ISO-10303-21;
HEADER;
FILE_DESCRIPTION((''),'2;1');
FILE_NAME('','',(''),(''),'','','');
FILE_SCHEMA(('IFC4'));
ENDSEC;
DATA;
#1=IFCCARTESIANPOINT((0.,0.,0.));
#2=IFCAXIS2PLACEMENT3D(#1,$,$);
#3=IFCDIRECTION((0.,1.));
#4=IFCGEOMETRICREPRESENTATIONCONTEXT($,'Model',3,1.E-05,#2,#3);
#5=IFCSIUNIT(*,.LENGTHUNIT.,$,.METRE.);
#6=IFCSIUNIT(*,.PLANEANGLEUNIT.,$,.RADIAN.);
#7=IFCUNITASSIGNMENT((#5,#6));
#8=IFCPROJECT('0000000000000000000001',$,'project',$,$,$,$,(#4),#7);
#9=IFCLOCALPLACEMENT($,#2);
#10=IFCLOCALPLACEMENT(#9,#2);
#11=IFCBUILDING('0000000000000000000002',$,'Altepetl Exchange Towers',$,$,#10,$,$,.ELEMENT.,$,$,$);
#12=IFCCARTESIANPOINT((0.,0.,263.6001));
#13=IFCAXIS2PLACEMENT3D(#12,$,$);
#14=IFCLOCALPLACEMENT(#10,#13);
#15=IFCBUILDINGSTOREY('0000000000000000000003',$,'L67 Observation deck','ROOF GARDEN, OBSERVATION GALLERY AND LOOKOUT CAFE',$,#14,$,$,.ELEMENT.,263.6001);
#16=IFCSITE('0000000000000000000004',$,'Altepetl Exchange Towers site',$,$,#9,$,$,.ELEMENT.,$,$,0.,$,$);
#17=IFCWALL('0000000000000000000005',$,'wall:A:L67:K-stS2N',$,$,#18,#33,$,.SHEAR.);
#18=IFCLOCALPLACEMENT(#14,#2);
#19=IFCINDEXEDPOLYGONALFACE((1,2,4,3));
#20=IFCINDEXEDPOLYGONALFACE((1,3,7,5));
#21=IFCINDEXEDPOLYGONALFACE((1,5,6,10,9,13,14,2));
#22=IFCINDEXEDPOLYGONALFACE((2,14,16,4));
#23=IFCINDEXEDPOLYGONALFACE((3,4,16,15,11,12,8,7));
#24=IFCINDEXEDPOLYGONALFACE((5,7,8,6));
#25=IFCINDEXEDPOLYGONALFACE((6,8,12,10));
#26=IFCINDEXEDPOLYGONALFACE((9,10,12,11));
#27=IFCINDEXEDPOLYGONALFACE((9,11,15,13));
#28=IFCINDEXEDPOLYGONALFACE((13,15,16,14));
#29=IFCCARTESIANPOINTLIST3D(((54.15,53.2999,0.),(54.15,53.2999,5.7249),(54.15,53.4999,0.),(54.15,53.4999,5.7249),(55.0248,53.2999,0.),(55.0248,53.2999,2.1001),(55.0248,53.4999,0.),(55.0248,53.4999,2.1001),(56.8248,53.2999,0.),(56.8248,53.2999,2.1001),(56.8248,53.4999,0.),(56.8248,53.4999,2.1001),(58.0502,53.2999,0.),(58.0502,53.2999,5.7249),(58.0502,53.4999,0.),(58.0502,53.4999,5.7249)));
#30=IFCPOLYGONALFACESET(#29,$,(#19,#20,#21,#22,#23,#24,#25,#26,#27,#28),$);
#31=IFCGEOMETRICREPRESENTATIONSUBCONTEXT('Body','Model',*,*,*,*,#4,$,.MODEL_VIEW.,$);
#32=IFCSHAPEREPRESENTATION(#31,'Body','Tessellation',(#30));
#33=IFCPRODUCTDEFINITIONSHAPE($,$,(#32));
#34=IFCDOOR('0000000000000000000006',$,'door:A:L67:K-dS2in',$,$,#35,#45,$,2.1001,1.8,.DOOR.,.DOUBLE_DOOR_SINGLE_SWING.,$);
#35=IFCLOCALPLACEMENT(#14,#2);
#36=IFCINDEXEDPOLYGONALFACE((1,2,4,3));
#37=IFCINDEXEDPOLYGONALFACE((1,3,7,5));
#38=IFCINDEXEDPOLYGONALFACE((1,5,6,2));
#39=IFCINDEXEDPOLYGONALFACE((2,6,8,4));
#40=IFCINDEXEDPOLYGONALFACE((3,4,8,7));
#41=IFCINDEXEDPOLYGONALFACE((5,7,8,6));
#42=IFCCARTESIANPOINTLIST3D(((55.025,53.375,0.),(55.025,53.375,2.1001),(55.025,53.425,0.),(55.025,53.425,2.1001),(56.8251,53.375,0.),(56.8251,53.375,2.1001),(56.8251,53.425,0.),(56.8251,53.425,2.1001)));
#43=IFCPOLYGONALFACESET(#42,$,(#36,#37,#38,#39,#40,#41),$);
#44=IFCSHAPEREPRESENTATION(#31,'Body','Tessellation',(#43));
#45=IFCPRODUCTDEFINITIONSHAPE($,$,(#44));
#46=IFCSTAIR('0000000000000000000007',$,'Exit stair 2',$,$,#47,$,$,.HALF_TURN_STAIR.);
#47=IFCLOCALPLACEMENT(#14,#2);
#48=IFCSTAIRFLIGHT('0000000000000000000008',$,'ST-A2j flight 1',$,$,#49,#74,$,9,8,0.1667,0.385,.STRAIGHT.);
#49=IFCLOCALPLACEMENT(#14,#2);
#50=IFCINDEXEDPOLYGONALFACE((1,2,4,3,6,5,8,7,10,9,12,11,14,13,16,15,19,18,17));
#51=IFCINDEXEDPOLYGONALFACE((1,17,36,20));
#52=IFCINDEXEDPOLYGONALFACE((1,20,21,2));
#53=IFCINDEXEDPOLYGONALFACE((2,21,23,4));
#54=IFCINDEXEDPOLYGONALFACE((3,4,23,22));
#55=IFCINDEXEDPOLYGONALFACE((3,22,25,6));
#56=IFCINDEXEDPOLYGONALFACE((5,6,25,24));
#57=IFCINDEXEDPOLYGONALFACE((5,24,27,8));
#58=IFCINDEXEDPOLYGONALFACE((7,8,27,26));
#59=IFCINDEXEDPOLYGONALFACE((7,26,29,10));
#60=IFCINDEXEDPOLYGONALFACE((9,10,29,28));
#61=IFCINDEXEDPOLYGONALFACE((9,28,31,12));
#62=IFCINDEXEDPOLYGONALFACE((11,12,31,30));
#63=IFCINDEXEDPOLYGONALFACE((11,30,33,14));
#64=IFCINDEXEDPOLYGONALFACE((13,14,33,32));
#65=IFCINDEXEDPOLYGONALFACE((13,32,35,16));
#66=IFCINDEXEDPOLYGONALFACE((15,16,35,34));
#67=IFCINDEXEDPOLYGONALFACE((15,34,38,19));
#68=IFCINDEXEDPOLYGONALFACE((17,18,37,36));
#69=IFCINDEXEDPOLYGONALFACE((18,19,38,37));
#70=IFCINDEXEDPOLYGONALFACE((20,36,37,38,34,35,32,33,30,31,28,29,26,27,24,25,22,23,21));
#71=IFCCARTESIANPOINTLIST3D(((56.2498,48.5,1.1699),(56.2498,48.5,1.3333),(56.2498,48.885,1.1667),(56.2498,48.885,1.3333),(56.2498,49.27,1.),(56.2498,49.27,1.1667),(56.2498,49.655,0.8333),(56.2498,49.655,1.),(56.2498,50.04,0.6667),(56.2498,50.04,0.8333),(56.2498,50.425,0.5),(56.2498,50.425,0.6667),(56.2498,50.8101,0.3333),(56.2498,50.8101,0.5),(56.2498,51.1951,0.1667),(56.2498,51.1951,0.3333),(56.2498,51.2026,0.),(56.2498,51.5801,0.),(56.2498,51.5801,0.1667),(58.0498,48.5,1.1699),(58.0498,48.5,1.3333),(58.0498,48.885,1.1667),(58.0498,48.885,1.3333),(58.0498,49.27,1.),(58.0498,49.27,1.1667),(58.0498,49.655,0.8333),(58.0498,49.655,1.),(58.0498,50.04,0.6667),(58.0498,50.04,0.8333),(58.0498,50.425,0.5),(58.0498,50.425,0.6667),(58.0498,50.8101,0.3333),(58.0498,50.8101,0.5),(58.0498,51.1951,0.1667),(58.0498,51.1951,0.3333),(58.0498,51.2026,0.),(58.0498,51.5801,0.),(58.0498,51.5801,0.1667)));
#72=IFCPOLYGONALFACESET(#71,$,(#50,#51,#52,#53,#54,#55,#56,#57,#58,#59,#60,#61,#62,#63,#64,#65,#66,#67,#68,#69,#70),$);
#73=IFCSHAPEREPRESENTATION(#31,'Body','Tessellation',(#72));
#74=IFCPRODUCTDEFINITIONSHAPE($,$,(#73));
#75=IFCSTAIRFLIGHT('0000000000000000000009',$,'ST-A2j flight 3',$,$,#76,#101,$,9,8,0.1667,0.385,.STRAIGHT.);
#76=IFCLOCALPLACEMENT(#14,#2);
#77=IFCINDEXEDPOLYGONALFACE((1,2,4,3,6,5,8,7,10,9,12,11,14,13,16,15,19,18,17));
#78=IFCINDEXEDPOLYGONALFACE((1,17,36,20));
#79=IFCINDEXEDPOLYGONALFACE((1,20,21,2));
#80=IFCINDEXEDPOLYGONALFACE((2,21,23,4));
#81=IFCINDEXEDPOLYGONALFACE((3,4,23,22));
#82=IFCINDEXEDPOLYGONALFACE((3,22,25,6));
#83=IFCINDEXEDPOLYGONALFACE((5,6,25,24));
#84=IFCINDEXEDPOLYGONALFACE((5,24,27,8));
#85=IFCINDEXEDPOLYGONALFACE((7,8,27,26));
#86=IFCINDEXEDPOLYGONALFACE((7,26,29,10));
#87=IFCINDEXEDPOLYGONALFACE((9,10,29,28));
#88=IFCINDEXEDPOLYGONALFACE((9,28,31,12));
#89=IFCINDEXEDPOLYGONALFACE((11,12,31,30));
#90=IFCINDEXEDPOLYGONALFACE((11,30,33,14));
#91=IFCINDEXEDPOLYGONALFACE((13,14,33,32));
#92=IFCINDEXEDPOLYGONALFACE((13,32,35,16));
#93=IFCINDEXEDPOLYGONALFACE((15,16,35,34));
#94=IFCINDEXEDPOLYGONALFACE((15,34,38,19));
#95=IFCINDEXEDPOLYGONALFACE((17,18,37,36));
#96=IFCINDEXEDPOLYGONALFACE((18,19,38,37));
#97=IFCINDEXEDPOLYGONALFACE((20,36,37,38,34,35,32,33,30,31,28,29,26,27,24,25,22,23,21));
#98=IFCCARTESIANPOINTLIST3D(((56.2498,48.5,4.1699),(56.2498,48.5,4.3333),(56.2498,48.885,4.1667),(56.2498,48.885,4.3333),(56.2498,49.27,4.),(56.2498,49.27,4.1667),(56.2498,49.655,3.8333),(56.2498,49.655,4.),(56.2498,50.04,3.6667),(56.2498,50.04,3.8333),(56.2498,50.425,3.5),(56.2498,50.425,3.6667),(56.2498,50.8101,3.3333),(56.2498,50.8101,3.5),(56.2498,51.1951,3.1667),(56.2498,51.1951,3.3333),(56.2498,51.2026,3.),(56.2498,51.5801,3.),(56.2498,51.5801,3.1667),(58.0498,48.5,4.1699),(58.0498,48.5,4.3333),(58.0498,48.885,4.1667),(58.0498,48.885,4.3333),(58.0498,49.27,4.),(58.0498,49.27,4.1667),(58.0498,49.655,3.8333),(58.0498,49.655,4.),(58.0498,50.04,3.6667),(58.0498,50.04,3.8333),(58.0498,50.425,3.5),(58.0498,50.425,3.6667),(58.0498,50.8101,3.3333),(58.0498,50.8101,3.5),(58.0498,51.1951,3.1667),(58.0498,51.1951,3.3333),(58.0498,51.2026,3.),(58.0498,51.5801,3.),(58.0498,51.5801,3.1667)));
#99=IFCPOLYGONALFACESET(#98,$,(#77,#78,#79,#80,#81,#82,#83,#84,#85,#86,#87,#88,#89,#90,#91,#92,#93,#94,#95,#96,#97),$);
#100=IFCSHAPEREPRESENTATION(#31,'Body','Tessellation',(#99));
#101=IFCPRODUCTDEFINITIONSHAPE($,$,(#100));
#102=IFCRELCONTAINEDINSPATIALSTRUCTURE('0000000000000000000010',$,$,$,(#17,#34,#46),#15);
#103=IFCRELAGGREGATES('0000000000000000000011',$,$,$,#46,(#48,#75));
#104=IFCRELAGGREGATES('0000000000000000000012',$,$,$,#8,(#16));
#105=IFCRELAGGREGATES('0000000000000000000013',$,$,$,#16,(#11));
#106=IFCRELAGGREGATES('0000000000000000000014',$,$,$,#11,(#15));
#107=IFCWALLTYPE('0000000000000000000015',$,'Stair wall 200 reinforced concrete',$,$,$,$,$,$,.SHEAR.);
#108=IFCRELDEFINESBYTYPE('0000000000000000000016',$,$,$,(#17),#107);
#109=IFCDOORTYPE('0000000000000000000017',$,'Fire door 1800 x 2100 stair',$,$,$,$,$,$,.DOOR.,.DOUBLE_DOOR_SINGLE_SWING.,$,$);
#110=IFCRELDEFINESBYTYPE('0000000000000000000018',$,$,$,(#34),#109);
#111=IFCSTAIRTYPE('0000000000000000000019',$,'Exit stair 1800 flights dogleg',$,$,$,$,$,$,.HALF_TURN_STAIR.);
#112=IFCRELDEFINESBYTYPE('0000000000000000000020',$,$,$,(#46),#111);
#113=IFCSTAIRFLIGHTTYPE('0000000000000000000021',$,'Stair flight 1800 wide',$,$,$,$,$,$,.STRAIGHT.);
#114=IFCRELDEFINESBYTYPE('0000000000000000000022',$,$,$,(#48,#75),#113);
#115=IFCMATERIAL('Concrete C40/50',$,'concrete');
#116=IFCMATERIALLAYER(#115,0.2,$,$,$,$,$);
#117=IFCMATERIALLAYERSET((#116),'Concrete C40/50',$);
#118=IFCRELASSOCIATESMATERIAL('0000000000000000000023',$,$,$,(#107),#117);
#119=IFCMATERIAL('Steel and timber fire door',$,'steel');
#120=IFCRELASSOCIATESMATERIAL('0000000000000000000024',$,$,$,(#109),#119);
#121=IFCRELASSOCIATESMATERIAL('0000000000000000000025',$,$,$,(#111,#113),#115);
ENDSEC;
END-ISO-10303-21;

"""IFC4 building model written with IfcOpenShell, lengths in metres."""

from ifc_helpers import new_model, si_unit, direction, frame, frame_2d, origin, place, context, subcontext, project, spatial, polyline, rectangle, outline, extrude, material, layer, layer_set, type_object, element, fill, aggregate, save


model = new_model("IFC4")

# Units and contexts
model_context = context("Model", 3, precision=1e-05, world=origin(), true_north=direction((0.0, 1.0)))
body_context = subcontext(model_context, "Body", "Model", "MODEL_VIEW")
ifc_project = project(units=[si_unit("LENGTHUNIT", "METRE"), si_unit("PLANEANGLEUNIT", "RADIAN")], contexts=[model_context])

# Site, building, storey
site_placement = place(None, origin())
site = spatial("IfcSite", under=ifc_project, at=site_placement, Name="Altepetl Exchange Towers site", CompositionType="ELEMENT", RefElevation=0.0)
building_placement = place(site_placement, origin())
building = spatial("IfcBuilding", under=site, at=building_placement, Name="Altepetl Exchange Towers", CompositionType="ELEMENT")
storey_placement = place(building_placement, frame((0.0, 0.0, 263.6001)))
storey = spatial("IfcBuildingStorey", under=building, at=storey_placement, Name="L67 Observation deck", Description="ROOF GARDEN, OBSERVATION GALLERY AND LOOKOUT CAFE", CompositionType="ELEMENT", Elevation=263.6001)

# Wall, opening, door
ifc_material_1 = material(Name="Concrete C40/50", Category="concrete")
ifc_layer_1 = layer(ifc_material_1, 0.2)
ifc_layer_set_1 = layer_set([ifc_layer_1], Name="Concrete C40/50")
wall_type_1 = type_object("IfcWallType", Name="Stair wall 200 reinforced concrete", PredefinedType="SHEAR", material=ifc_layer_set_1)
wall_1_placement = place(storey_placement, frame((54.1499, 53.3999, 0.0)))
wall_1 = element("IfcWall", 1, at=wall_1_placement, inside=storey, type_object=wall_type_1, Name="wall:A:L67:K-stS2N", PredefinedType="SHEAR", context=body_context, shape_type="SweptSolid", body=[
    extrude(rectangle(XDim=3.9001, YDim=0.2, at=frame_2d((1.9502, 0.0))), origin(), (0.0, 0.0, 1.0), 5.7249),
])
opening_placement = place(wall_1_placement, frame((0.875, 0.0, 0.0)))
opening = element("IfcOpeningElement", 2, at=opening_placement, cuts=wall_1, PredefinedType="OPENING", context=body_context, shape_type="SweptSolid", body=[
    extrude(rectangle(XDim=1.8, YDim=2.1001, at=frame_2d((0.8999, 1.05))), frame((0.0, 0.1099, 0.0), z_axis=(0.0, -1.0, 0.0), x_axis=(1.0, 0.0, 0.0)), (0.0, 0.0, 1.0), 0.22),
])
ifc_material_2 = material(Name="Steel and timber fire door", Category="steel")
door_type = type_object("IfcDoorType", Name="Fire door 1800 x 2100 stair", OperationType="DOUBLE_DOOR_SINGLE_SWING", PredefinedType="DOOR", material=ifc_material_2)
door_placement = place(opening_placement, frame((1.8, 0.0, 0.0), x_axis=(-1.0, 0.0, 0.0)))
door = element("IfcDoor", 3, at=door_placement, inside=storey, type_object=door_type, Name="door:A:L67:K-dS2in", OperationType="DOUBLE_DOOR_SINGLE_SWING", OverallHeight=2.1001, OverallWidth=1.8, PredefinedType="DOOR", context=body_context, shape_type="SweptSolid", body=[
    extrude(rectangle(XDim=1.8, YDim=2.1001, at=frame_2d((0.8999, 1.05))), frame((0.0, 0.0249, 0.0), z_axis=(0.0, -1.0, 0.0), x_axis=(1.0, 0.0, 0.0)), (0.0, 0.0, 1.0), 0.05),
])
fill(opening, door)

# Stair, stair flights
stair_type = type_object("IfcStairType", Name="Exit stair 1800 flights dogleg", PredefinedType="HALF_TURN_STAIR", material=ifc_material_1)
stair_placement = place(storey_placement, origin())
stair = element("IfcStair", 4, at=stair_placement, inside=storey, type_object=stair_type, Name="Exit stair 2", PredefinedType="HALF_TURN_STAIR")
stair_flight_type = type_object("IfcStairFlightType", Name="Stair flight 1800 wide", PredefinedType="STRAIGHT", material=ifc_material_1)
stair_flight_1_placement = place(storey_placement, frame((57.1499, 51.5801, 0.0), z_axis=(0.0, 0.0, 1.0), x_axis=(0.0, -1.0, 0.0)))
stair_flight_1 = element("IfcStairFlight", 5, at=stair_flight_1_placement, type_object=stair_flight_type, Name="ST-A2j flight 1", NumberOfRisers=9, NumberOfTreads=8, PredefinedType="STRAIGHT", RiserHeight=0.1667, TreadLength=0.385, context=body_context, shape_type="SweptSolid", body=[
    extrude(outline(polyline([(0.0, 0.0), (0.0, 0.1667), (0.385, 0.1667), (0.385, 0.3333), (0.77, 0.3333), (0.77, 0.5), (1.155, 0.5), (1.155, 0.6667), (1.54, 0.6667), (1.54, 0.8333), (1.925, 0.8333), (1.925, 1.0), (2.3101, 1.0), (2.3101, 1.1667), (2.6951, 1.1667), (2.6951, 1.3333), (3.0801, 1.3333), (3.0801, 1.5), (3.0801, 1.1699), (0.3774, 0.0), (0.0, 0.0)])), frame((0.0, 0.8999, 0.0), z_axis=(0.0, -1.0, 0.0), x_axis=(1.0, 0.0, 0.0)), (0.0, 0.0, 1.0), 1.8),
])
stair_flight_2_placement = place(storey_placement, frame((57.1499, 51.5801, 3.0), z_axis=(0.0, 0.0, 1.0), x_axis=(0.0, -1.0, 0.0)))
stair_flight_2 = element("IfcStairFlight", 6, at=stair_flight_2_placement, type_object=stair_flight_type, Name="ST-A2j flight 3", NumberOfRisers=9, NumberOfTreads=8, PredefinedType="STRAIGHT", RiserHeight=0.1667, TreadLength=0.385, context=body_context, shape_type="SweptSolid", body=[
    extrude(outline(polyline([(0.0, 0.0), (0.0, 0.1667), (0.385, 0.1667), (0.385, 0.3333), (0.77, 0.3333), (0.77, 0.5), (1.155, 0.5), (1.155, 0.6667), (1.54, 0.6667), (1.54, 0.8333), (1.925, 0.8333), (1.925, 1.0), (2.3101, 1.0), (2.3101, 1.1667), (2.6951, 1.1667), (2.6951, 1.3333), (3.0801, 1.3333), (3.0801, 1.5), (3.0801, 1.1699), (0.3774, 0.0), (0.0, 0.0)])), frame((0.0, 0.8999, 0.0), z_axis=(0.0, -1.0, 0.0), x_axis=(1.0, 0.0, 0.0)), (0.0, 0.0, 1.0), 1.8),
])
aggregate(stair, [stair_flight_1, stair_flight_2])

save(model, "model.ifc")
